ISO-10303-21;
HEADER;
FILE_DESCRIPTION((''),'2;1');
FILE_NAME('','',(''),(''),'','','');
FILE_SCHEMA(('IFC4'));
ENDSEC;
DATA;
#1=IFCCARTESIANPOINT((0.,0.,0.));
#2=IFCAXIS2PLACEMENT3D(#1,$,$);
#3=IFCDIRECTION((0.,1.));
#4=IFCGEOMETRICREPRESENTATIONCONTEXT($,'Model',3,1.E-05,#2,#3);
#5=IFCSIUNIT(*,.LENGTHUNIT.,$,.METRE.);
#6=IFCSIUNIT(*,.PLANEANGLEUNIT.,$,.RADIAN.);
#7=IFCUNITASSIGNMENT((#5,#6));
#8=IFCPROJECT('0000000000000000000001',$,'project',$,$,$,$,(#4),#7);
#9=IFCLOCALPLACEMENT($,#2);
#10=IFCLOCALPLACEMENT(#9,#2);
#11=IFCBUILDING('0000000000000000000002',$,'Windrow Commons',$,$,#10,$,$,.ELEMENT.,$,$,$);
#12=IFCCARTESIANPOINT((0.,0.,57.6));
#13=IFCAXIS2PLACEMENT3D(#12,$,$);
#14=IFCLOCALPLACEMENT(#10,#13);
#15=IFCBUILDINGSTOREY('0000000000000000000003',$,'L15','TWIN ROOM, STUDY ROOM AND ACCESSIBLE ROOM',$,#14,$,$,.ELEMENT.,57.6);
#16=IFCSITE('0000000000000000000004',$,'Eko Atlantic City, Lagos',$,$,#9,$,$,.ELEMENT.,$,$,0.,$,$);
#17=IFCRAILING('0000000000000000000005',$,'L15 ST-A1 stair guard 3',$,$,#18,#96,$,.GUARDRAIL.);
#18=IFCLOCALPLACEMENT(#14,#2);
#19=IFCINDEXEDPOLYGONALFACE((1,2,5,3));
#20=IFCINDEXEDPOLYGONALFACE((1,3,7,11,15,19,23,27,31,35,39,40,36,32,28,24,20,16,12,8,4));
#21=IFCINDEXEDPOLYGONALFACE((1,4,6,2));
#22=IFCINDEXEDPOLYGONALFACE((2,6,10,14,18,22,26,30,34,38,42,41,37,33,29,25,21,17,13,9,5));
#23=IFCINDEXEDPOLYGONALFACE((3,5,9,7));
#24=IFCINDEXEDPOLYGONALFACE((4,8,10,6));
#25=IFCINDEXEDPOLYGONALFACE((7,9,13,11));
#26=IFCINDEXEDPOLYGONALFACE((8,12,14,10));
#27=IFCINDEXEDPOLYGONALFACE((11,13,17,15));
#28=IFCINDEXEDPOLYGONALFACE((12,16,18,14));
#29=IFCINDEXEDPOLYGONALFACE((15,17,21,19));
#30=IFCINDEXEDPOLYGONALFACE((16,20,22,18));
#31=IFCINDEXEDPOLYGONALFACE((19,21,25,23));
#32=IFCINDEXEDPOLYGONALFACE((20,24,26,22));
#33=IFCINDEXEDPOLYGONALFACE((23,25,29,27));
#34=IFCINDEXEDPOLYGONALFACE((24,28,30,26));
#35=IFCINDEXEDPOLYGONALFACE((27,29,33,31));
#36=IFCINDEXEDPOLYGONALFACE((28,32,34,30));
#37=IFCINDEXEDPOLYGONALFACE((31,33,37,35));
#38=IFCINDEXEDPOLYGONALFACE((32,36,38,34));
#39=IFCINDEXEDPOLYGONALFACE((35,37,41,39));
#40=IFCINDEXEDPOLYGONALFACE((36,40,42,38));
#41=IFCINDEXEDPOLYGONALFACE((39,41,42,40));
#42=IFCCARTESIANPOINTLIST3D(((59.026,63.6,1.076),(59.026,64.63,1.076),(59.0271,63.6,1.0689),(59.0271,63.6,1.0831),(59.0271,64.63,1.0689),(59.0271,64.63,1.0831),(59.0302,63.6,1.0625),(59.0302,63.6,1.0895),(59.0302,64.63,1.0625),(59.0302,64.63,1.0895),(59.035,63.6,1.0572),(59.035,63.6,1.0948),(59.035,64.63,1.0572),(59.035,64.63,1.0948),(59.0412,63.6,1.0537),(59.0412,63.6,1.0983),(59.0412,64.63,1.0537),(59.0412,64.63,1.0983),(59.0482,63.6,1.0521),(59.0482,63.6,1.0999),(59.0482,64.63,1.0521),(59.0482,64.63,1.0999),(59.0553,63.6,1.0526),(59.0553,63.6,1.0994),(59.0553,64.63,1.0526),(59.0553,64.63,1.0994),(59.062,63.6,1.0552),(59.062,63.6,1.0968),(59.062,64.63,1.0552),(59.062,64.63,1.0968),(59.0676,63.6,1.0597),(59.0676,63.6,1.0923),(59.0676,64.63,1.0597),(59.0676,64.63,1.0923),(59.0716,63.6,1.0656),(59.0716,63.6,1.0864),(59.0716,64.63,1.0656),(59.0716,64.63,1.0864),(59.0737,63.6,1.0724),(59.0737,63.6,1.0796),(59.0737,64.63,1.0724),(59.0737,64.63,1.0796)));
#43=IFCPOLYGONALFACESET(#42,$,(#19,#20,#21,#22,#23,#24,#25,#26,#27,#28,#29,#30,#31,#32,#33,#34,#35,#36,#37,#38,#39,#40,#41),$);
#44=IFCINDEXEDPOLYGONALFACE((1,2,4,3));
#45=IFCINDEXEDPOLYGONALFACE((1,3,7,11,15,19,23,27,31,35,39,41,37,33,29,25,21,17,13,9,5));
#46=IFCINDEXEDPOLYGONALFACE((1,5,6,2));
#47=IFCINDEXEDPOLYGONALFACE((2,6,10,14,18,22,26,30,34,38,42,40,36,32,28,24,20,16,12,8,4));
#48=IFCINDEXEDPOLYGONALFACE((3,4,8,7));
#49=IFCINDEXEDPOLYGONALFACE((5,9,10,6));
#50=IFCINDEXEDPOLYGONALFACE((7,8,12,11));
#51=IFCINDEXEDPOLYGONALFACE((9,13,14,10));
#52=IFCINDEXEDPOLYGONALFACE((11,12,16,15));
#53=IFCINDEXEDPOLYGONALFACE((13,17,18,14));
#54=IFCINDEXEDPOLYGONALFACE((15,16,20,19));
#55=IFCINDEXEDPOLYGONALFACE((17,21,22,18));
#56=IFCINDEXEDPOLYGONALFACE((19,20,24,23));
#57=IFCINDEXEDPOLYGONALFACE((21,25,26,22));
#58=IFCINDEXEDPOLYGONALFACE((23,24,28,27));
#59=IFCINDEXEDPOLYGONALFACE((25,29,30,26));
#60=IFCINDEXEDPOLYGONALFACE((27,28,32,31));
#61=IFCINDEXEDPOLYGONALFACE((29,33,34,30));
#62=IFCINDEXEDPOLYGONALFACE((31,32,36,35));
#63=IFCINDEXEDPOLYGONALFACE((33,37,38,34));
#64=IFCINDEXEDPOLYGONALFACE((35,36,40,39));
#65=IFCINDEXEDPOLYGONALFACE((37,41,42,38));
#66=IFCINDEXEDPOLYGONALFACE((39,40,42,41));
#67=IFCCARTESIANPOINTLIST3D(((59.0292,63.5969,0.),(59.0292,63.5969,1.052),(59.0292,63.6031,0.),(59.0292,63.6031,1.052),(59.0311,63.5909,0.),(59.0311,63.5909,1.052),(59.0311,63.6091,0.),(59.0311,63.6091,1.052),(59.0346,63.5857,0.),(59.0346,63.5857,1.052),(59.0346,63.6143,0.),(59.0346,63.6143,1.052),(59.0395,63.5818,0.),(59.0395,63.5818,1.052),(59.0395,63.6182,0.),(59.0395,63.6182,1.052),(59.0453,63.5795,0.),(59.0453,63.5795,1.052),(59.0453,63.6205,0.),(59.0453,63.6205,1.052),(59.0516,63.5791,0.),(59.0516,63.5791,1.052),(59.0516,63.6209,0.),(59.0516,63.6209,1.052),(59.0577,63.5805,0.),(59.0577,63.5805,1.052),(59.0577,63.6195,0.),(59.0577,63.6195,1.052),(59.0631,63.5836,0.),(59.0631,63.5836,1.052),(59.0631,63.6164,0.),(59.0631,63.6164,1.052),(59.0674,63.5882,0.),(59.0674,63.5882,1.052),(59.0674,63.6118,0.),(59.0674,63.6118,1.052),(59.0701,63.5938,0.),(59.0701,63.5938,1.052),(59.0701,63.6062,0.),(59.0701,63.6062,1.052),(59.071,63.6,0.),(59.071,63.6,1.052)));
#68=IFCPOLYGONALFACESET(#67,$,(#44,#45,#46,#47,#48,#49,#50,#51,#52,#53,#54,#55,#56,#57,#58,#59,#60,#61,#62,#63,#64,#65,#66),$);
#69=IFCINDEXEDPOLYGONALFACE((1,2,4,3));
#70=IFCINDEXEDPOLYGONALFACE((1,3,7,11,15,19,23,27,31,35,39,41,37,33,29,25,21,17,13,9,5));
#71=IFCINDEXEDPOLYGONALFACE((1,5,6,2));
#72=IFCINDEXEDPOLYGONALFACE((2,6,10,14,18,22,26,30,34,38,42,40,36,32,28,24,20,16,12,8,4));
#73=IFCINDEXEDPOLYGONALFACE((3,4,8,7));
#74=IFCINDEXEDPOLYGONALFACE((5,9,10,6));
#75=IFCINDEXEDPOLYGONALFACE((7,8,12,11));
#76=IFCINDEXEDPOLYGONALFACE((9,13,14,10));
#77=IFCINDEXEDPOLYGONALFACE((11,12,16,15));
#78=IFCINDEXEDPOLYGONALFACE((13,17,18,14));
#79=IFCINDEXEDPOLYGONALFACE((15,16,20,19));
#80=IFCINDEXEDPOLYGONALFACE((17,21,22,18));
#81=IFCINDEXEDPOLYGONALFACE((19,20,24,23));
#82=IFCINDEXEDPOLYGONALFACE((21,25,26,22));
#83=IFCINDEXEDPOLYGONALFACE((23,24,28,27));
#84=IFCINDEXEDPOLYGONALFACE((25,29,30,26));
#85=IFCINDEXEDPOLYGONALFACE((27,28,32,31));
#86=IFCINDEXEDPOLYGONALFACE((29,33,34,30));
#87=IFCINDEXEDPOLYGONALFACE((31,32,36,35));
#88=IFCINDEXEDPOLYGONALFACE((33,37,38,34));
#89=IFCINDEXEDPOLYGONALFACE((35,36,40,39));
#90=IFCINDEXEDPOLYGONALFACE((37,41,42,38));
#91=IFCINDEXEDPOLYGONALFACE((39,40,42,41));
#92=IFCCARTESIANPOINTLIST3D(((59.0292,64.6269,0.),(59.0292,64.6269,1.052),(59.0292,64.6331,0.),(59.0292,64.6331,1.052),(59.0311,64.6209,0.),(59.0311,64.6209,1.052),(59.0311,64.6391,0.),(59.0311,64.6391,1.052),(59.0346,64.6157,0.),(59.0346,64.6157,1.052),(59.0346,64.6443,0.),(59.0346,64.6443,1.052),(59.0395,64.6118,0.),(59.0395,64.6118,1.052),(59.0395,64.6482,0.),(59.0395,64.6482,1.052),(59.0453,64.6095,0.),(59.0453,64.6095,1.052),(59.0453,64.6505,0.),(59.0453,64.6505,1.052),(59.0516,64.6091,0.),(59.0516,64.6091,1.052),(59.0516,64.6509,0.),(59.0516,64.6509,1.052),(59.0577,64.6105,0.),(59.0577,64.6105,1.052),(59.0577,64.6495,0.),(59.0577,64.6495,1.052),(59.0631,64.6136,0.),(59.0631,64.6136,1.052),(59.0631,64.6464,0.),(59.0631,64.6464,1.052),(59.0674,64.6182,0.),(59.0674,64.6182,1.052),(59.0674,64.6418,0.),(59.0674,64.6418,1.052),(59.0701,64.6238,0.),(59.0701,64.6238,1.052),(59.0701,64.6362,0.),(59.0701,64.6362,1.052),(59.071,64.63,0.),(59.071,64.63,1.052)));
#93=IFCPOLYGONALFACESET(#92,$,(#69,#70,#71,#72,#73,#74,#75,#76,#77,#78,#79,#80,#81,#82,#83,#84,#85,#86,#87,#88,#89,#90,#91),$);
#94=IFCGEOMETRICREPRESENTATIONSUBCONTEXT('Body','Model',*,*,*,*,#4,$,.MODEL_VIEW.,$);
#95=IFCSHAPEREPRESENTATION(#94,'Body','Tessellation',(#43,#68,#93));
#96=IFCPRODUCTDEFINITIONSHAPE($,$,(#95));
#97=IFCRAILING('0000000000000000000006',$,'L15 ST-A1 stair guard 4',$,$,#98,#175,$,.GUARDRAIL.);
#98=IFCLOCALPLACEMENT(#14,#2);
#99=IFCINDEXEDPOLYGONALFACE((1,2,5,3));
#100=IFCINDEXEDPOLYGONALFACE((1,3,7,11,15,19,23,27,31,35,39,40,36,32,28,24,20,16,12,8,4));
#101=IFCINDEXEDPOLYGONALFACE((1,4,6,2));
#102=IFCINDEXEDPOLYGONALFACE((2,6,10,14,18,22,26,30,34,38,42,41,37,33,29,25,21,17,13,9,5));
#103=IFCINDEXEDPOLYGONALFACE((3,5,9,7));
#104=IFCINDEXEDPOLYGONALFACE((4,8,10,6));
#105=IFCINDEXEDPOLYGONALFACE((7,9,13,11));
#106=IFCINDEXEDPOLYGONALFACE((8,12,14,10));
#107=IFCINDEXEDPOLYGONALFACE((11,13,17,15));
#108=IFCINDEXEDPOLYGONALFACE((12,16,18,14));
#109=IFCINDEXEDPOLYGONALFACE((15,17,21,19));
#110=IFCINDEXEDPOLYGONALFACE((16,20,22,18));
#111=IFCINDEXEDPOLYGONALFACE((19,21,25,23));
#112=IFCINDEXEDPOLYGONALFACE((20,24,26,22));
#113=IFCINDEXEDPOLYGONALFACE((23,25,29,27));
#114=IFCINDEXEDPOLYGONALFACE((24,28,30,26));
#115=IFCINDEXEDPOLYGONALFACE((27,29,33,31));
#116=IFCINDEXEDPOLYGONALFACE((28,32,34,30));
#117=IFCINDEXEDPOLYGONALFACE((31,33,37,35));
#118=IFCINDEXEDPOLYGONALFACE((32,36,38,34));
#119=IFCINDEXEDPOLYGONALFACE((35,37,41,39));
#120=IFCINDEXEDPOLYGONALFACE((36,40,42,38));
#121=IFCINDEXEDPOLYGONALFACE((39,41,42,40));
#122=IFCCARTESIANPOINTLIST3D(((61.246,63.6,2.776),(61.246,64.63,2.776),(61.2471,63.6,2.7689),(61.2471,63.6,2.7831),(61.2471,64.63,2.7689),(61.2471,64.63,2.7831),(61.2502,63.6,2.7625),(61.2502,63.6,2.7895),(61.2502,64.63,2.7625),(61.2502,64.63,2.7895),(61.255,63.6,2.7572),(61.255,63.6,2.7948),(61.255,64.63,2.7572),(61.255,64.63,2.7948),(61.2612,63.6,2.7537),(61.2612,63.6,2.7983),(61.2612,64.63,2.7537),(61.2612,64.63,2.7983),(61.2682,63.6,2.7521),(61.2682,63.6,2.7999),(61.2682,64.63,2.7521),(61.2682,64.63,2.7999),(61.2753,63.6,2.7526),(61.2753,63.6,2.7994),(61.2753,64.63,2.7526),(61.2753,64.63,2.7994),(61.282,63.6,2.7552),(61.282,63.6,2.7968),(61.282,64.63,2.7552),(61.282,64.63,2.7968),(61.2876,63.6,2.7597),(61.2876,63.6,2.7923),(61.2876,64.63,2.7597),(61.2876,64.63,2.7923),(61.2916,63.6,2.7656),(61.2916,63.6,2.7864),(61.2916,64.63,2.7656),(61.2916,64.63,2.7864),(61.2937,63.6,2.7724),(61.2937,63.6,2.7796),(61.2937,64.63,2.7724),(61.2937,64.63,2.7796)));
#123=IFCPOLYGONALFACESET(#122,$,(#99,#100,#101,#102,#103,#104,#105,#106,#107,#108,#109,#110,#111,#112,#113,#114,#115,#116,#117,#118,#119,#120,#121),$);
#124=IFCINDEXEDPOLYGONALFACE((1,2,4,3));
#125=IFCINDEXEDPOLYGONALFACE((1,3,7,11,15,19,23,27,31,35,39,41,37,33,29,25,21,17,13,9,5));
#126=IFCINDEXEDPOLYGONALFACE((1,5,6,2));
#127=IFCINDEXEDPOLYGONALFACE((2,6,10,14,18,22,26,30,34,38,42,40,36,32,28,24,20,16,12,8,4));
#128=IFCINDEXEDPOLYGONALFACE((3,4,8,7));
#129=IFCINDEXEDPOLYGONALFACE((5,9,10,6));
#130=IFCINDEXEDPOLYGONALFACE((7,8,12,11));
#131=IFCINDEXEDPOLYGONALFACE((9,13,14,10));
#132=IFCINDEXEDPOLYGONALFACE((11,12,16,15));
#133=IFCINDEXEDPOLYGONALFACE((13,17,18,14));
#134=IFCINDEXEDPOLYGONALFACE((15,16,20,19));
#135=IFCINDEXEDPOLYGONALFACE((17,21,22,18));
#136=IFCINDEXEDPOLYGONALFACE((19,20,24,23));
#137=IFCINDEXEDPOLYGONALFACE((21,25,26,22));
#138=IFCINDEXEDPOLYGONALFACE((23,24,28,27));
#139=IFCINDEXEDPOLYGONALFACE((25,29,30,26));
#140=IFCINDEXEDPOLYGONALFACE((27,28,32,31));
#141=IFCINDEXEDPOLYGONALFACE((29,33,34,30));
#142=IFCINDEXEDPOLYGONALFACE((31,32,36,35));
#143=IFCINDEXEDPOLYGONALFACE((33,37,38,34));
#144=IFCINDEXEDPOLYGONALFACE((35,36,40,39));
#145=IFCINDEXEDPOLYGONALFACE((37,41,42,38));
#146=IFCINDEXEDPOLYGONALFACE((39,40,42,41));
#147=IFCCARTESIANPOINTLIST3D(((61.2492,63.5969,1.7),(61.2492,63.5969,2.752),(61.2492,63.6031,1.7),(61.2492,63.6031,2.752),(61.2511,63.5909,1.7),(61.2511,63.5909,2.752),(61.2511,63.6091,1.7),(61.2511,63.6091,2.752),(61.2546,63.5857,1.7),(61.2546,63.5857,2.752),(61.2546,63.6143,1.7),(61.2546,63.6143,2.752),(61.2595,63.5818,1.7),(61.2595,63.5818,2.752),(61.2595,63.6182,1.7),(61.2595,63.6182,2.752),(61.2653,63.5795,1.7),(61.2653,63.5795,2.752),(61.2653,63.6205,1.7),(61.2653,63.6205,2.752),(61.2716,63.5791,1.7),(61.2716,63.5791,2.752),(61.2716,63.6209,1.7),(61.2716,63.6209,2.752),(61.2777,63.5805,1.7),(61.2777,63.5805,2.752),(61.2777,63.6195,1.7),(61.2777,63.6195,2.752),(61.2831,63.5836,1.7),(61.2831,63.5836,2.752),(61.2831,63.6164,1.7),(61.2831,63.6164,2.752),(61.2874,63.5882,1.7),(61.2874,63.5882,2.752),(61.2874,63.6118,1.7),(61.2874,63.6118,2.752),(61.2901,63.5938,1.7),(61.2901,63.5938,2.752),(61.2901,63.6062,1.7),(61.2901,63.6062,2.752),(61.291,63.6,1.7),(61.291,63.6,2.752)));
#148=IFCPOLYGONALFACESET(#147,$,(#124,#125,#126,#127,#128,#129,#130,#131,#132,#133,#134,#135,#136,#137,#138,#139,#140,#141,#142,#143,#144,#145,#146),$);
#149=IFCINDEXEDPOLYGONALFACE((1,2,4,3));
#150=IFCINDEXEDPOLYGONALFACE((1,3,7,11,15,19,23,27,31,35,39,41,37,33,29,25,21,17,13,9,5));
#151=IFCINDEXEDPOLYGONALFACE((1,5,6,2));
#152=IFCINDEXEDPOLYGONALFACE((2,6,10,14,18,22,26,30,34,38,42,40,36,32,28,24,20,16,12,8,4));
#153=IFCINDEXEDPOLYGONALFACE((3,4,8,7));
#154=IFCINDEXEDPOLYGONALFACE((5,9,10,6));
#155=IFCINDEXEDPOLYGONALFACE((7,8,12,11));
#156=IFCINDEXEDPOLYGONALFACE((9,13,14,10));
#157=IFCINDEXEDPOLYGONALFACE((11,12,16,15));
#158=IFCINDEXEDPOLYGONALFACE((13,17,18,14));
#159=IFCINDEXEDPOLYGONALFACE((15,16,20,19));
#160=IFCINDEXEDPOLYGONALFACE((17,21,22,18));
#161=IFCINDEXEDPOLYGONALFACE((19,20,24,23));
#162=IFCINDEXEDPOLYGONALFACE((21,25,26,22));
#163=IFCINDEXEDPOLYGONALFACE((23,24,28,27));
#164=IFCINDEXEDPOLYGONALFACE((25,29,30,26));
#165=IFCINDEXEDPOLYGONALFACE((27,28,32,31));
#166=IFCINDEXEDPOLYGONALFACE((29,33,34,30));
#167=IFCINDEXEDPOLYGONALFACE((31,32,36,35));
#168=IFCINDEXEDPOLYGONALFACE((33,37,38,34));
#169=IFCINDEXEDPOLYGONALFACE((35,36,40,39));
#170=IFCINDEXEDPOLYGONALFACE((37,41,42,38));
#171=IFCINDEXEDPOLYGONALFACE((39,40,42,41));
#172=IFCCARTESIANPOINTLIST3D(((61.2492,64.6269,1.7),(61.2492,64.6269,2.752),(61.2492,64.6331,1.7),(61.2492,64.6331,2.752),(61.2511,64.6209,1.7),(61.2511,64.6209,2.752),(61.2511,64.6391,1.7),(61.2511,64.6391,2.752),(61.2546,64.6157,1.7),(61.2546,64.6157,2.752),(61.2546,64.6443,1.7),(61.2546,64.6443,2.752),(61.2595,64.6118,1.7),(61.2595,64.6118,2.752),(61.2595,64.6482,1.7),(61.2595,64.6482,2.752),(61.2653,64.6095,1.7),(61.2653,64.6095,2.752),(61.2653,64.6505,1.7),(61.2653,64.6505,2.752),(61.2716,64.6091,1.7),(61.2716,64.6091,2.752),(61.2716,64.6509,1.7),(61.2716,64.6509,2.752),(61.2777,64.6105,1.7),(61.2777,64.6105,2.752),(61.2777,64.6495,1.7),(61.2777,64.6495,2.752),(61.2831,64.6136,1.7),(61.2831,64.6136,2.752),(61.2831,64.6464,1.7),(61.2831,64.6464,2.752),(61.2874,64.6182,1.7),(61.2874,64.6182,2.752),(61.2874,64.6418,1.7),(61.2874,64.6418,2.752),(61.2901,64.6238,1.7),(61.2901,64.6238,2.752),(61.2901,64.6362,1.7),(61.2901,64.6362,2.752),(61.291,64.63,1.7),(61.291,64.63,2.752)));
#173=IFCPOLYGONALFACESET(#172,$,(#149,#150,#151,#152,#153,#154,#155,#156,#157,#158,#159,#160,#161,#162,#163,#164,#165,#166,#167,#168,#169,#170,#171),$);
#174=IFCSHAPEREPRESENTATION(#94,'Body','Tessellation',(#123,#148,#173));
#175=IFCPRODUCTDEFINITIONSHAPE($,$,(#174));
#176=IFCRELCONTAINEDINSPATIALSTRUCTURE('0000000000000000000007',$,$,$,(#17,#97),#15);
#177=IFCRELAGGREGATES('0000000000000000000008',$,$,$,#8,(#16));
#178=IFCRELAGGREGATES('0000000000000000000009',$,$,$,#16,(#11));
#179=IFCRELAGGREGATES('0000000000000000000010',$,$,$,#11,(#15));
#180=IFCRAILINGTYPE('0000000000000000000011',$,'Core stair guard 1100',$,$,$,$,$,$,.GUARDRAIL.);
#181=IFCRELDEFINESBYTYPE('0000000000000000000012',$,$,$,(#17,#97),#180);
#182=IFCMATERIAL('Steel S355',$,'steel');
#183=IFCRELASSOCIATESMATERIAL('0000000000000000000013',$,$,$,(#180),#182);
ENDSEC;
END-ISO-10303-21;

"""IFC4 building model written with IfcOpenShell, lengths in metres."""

from ifc_helpers import new_model, si_unit, direction, frame, origin, origin_2d, place, context, subcontext, project, spatial, circle, extrude, material, type_object, element, save


model = new_model("IFC4")

# Units and contexts
model_context = context("Model", 3, precision=1e-05, world=origin(), true_north=direction((0.0, 1.0)))
body_context = subcontext(model_context, "Body", "Model", "MODEL_VIEW")
ifc_project = project(units=[si_unit("LENGTHUNIT", "METRE"), si_unit("PLANEANGLEUNIT", "RADIAN")], contexts=[model_context])

# Site, building, storey
site_placement = place(None, origin())
site = spatial("IfcSite", under=ifc_project, at=site_placement, Name="Eko Atlantic City, Lagos", CompositionType="ELEMENT", RefElevation=0.0)
building_placement = place(site_placement, origin())
building = spatial("IfcBuilding", under=site, at=building_placement, Name="Windrow Commons", CompositionType="ELEMENT")
storey_placement = place(building_placement, frame((0.0, 0.0, 57.6)))
storey = spatial("IfcBuildingStorey", under=building, at=storey_placement, Name="L15", Description="TWIN ROOM, STUDY ROOM AND ACCESSIBLE ROOM", CompositionType="ELEMENT", Elevation=57.6)

# Railings
ifc_material_1 = material(Name="Steel S355", Category="steel")
railing_type_1 = type_object("IfcRailingType", Name="Core stair guard 1100", PredefinedType="GUARDRAIL", material=ifc_material_1)
for number, where, name in (
    (1, (59.05, 63.6, 0.0), "L15 ST-A1 stair guard 3"),
    (2, (61.27, 63.6, 1.7), "L15 ST-A1 stair guard 4"),
):
    element("IfcRailing", number, at=place(storey_placement, frame(where)), inside=storey, type_object=railing_type_1, Name=name, PredefinedType="GUARDRAIL", context=body_context, shape_type="SweptSolid", body=[
        extrude(circle(Radius=0.024, at=origin_2d()), frame((0.0, 0.0, 1.076), z_axis=(0.0, 1.0, 0.0), x_axis=(-1.0, 0.0, 0.0)), (0.0, 0.0, 1.0), 1.03),
        extrude(circle(Radius=0.021, at=origin_2d()), origin(), (0.0, 0.0, 1.0), 1.052),
        extrude(circle(Radius=0.021, at=origin_2d()), frame((0.0, 1.03, 0.0)), (0.0, 0.0, 1.0), 1.052),
    ])

save(model, "model.ifc")
